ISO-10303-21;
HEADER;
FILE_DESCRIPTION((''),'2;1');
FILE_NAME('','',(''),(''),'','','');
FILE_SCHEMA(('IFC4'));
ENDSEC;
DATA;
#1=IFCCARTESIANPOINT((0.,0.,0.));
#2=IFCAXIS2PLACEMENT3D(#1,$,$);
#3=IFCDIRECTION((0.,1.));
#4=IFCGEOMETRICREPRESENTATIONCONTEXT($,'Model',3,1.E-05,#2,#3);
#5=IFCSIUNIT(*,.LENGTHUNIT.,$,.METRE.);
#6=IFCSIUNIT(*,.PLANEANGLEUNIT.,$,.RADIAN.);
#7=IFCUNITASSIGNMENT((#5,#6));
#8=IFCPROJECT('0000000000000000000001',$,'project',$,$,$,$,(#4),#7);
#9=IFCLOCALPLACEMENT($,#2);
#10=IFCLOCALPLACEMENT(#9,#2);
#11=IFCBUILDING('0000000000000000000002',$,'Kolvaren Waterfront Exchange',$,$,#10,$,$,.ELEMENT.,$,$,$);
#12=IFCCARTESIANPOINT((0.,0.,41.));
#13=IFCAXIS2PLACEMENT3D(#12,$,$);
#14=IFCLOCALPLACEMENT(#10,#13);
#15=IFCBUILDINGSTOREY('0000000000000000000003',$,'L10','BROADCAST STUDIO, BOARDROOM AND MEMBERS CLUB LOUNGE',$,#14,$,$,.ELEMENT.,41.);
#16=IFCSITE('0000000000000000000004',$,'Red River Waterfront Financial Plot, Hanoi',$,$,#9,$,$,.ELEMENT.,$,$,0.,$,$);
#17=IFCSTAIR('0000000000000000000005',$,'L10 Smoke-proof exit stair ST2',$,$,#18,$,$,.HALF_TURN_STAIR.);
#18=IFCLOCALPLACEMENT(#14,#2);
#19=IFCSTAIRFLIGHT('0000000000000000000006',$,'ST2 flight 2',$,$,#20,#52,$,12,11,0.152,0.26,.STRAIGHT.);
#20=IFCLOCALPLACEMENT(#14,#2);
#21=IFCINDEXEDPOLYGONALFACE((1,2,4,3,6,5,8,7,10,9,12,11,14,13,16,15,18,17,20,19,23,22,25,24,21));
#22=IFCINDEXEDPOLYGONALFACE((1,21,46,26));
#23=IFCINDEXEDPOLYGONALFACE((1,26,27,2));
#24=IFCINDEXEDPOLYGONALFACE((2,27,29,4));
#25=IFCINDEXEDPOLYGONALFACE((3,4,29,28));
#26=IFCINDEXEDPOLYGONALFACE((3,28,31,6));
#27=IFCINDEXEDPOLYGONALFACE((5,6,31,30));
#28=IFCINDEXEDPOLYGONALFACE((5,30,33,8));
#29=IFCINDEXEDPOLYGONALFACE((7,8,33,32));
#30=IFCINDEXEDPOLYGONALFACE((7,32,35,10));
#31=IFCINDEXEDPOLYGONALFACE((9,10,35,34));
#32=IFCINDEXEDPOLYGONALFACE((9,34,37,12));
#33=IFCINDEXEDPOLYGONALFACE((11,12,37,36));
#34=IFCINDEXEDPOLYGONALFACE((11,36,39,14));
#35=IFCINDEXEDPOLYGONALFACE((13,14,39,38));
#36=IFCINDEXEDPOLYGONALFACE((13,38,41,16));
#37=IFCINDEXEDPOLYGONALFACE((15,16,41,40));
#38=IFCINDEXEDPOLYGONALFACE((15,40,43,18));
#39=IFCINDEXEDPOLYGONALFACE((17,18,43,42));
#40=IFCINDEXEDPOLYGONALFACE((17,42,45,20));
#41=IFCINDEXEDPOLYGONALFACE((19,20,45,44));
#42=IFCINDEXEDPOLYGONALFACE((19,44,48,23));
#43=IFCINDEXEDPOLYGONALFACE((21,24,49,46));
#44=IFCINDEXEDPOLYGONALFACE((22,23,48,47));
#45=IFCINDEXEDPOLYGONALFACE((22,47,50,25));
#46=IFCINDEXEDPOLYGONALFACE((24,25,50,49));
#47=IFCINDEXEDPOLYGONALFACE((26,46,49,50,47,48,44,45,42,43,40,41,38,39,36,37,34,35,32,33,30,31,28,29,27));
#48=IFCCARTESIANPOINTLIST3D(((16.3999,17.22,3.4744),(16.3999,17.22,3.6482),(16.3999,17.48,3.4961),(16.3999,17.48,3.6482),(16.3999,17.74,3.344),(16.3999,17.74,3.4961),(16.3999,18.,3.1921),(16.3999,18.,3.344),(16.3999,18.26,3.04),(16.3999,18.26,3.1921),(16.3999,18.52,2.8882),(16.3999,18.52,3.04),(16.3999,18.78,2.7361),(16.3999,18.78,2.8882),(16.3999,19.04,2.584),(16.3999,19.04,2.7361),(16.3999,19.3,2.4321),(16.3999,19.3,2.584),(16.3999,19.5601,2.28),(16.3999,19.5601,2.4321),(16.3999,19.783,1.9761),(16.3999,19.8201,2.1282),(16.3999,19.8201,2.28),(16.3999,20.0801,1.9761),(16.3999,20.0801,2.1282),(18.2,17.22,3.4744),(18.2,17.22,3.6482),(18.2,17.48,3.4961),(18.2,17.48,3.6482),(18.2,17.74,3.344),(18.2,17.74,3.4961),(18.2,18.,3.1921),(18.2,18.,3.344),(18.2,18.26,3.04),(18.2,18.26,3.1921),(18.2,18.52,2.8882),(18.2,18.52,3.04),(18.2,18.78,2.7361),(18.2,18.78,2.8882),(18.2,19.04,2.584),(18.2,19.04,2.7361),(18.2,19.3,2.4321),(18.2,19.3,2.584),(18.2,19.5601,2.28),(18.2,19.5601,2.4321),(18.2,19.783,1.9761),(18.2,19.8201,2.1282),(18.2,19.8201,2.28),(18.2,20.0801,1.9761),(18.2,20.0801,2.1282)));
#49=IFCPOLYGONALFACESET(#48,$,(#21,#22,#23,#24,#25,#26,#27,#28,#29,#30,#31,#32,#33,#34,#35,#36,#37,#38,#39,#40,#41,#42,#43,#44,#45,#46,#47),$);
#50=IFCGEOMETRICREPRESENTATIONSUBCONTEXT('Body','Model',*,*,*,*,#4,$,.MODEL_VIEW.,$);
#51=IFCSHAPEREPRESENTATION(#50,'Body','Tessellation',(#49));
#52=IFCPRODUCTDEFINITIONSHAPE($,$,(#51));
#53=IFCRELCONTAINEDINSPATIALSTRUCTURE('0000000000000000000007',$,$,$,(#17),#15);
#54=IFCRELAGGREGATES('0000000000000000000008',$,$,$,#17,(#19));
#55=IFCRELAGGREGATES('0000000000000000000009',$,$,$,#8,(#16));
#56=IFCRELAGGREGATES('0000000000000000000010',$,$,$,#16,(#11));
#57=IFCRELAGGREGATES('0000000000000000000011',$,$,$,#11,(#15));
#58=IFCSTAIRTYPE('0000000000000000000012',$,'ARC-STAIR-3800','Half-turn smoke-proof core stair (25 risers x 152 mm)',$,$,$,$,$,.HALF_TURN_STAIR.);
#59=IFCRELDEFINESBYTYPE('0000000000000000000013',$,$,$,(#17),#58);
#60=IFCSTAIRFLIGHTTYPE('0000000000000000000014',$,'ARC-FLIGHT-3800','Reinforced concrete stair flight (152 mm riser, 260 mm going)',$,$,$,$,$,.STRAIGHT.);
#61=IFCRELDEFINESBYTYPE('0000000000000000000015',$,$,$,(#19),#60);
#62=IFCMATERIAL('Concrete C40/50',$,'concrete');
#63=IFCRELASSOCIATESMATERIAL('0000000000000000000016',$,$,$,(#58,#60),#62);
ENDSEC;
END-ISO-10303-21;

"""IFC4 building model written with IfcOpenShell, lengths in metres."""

from ifc_helpers import new_model, si_unit, direction, frame, origin, place, context, subcontext, project, spatial, polyline, outline, extrude, material, type_object, element, aggregate, save


model = new_model("IFC4")

# Units and contexts
model_context = context("Model", 3, precision=1e-05, world=origin(), true_north=direction((0.0, 1.0)))
body_context = subcontext(model_context, "Body", "Model", "MODEL_VIEW")
ifc_project = project(units=[si_unit("LENGTHUNIT", "METRE"), si_unit("PLANEANGLEUNIT", "RADIAN")], contexts=[model_context])

# Site, building, storey
site_placement = place(None, origin())
site = spatial("IfcSite", under=ifc_project, at=site_placement, Name="Red River Waterfront Financial Plot, Hanoi", CompositionType="ELEMENT", RefElevation=0.0)
building_placement = place(site_placement, origin())
building = spatial("IfcBuilding", under=site, at=building_placement, Name="Kolvaren Waterfront Exchange", CompositionType="ELEMENT")
storey_placement = place(building_placement, frame((0.0, 0.0, 41.0)))
storey = spatial("IfcBuildingStorey", under=building, at=storey_placement, Name="L10", Description="BROADCAST STUDIO, BOARDROOM AND MEMBERS CLUB LOUNGE", CompositionType="ELEMENT", Elevation=41.0)

# Stair, stair flight
ifc_material_1 = material(Name="Concrete C40/50", Category="concrete")
stair_type = type_object("IfcStairType", Name="ARC-STAIR-3800", Description="Half-turn smoke-proof core stair (25 risers x 152 mm)", PredefinedType="HALF_TURN_STAIR", material=ifc_material_1)
stair_placement = place(storey_placement, origin())
stair = element("IfcStair", 1, at=stair_placement, inside=storey, type_object=stair_type, Name="L10 Smoke-proof exit stair ST2", PredefinedType="HALF_TURN_STAIR")
stair_flight_type = type_object("IfcStairFlightType", Name="ARC-FLIGHT-3800", Description="Reinforced concrete stair flight (152 mm riser, 260 mm going)", PredefinedType="STRAIGHT", material=ifc_material_1)
stair_flight_placement = place(storey_placement, frame((17.3, 20.0801, 1.9761), z_axis=(0.0, 0.0, 1.0), x_axis=(0.0, -1.0, 0.0)))
stair_flight = element("IfcStairFlight", 2, at=stair_flight_placement, type_object=stair_flight_type, Name="ST2 flight 2", NumberOfRisers=12, NumberOfTreads=11, PredefinedType="STRAIGHT", RiserHeight=0.152, TreadLength=0.26, context=body_context, shape_type="SweptSolid", body=[
    extrude(outline(polyline([(0.0, 0.0), (0.0, 0.1521), (0.26, 0.1521), (0.26, 0.304), (0.52, 0.304), (0.52, 0.4561), (0.78, 0.4561), (0.78, 0.6079), (1.04, 0.6079), (1.04, 0.76), (1.3, 0.76), (1.3, 0.9121), (1.5601, 0.9121), (1.5601, 1.064), (1.8201, 1.064), (1.8201, 1.2161), (2.0801, 1.2161), (2.0801, 1.3679), (2.3401, 1.3679), (2.3401, 1.52), (2.6001, 1.52), (2.6001, 1.6721), (2.8601, 1.6721), (2.8601, 1.824), (2.8601, 1.4983), (0.2971, 0.0), (0.0, 0.0)])), frame((0.0, 0.8999, 0.0), z_axis=(0.0, -1.0, 0.0), x_axis=(1.0, 0.0, 0.0)), (0.0, 0.0, 1.0), 1.8),
])
aggregate(stair, [stair_flight])

save(model, "model.ifc")
